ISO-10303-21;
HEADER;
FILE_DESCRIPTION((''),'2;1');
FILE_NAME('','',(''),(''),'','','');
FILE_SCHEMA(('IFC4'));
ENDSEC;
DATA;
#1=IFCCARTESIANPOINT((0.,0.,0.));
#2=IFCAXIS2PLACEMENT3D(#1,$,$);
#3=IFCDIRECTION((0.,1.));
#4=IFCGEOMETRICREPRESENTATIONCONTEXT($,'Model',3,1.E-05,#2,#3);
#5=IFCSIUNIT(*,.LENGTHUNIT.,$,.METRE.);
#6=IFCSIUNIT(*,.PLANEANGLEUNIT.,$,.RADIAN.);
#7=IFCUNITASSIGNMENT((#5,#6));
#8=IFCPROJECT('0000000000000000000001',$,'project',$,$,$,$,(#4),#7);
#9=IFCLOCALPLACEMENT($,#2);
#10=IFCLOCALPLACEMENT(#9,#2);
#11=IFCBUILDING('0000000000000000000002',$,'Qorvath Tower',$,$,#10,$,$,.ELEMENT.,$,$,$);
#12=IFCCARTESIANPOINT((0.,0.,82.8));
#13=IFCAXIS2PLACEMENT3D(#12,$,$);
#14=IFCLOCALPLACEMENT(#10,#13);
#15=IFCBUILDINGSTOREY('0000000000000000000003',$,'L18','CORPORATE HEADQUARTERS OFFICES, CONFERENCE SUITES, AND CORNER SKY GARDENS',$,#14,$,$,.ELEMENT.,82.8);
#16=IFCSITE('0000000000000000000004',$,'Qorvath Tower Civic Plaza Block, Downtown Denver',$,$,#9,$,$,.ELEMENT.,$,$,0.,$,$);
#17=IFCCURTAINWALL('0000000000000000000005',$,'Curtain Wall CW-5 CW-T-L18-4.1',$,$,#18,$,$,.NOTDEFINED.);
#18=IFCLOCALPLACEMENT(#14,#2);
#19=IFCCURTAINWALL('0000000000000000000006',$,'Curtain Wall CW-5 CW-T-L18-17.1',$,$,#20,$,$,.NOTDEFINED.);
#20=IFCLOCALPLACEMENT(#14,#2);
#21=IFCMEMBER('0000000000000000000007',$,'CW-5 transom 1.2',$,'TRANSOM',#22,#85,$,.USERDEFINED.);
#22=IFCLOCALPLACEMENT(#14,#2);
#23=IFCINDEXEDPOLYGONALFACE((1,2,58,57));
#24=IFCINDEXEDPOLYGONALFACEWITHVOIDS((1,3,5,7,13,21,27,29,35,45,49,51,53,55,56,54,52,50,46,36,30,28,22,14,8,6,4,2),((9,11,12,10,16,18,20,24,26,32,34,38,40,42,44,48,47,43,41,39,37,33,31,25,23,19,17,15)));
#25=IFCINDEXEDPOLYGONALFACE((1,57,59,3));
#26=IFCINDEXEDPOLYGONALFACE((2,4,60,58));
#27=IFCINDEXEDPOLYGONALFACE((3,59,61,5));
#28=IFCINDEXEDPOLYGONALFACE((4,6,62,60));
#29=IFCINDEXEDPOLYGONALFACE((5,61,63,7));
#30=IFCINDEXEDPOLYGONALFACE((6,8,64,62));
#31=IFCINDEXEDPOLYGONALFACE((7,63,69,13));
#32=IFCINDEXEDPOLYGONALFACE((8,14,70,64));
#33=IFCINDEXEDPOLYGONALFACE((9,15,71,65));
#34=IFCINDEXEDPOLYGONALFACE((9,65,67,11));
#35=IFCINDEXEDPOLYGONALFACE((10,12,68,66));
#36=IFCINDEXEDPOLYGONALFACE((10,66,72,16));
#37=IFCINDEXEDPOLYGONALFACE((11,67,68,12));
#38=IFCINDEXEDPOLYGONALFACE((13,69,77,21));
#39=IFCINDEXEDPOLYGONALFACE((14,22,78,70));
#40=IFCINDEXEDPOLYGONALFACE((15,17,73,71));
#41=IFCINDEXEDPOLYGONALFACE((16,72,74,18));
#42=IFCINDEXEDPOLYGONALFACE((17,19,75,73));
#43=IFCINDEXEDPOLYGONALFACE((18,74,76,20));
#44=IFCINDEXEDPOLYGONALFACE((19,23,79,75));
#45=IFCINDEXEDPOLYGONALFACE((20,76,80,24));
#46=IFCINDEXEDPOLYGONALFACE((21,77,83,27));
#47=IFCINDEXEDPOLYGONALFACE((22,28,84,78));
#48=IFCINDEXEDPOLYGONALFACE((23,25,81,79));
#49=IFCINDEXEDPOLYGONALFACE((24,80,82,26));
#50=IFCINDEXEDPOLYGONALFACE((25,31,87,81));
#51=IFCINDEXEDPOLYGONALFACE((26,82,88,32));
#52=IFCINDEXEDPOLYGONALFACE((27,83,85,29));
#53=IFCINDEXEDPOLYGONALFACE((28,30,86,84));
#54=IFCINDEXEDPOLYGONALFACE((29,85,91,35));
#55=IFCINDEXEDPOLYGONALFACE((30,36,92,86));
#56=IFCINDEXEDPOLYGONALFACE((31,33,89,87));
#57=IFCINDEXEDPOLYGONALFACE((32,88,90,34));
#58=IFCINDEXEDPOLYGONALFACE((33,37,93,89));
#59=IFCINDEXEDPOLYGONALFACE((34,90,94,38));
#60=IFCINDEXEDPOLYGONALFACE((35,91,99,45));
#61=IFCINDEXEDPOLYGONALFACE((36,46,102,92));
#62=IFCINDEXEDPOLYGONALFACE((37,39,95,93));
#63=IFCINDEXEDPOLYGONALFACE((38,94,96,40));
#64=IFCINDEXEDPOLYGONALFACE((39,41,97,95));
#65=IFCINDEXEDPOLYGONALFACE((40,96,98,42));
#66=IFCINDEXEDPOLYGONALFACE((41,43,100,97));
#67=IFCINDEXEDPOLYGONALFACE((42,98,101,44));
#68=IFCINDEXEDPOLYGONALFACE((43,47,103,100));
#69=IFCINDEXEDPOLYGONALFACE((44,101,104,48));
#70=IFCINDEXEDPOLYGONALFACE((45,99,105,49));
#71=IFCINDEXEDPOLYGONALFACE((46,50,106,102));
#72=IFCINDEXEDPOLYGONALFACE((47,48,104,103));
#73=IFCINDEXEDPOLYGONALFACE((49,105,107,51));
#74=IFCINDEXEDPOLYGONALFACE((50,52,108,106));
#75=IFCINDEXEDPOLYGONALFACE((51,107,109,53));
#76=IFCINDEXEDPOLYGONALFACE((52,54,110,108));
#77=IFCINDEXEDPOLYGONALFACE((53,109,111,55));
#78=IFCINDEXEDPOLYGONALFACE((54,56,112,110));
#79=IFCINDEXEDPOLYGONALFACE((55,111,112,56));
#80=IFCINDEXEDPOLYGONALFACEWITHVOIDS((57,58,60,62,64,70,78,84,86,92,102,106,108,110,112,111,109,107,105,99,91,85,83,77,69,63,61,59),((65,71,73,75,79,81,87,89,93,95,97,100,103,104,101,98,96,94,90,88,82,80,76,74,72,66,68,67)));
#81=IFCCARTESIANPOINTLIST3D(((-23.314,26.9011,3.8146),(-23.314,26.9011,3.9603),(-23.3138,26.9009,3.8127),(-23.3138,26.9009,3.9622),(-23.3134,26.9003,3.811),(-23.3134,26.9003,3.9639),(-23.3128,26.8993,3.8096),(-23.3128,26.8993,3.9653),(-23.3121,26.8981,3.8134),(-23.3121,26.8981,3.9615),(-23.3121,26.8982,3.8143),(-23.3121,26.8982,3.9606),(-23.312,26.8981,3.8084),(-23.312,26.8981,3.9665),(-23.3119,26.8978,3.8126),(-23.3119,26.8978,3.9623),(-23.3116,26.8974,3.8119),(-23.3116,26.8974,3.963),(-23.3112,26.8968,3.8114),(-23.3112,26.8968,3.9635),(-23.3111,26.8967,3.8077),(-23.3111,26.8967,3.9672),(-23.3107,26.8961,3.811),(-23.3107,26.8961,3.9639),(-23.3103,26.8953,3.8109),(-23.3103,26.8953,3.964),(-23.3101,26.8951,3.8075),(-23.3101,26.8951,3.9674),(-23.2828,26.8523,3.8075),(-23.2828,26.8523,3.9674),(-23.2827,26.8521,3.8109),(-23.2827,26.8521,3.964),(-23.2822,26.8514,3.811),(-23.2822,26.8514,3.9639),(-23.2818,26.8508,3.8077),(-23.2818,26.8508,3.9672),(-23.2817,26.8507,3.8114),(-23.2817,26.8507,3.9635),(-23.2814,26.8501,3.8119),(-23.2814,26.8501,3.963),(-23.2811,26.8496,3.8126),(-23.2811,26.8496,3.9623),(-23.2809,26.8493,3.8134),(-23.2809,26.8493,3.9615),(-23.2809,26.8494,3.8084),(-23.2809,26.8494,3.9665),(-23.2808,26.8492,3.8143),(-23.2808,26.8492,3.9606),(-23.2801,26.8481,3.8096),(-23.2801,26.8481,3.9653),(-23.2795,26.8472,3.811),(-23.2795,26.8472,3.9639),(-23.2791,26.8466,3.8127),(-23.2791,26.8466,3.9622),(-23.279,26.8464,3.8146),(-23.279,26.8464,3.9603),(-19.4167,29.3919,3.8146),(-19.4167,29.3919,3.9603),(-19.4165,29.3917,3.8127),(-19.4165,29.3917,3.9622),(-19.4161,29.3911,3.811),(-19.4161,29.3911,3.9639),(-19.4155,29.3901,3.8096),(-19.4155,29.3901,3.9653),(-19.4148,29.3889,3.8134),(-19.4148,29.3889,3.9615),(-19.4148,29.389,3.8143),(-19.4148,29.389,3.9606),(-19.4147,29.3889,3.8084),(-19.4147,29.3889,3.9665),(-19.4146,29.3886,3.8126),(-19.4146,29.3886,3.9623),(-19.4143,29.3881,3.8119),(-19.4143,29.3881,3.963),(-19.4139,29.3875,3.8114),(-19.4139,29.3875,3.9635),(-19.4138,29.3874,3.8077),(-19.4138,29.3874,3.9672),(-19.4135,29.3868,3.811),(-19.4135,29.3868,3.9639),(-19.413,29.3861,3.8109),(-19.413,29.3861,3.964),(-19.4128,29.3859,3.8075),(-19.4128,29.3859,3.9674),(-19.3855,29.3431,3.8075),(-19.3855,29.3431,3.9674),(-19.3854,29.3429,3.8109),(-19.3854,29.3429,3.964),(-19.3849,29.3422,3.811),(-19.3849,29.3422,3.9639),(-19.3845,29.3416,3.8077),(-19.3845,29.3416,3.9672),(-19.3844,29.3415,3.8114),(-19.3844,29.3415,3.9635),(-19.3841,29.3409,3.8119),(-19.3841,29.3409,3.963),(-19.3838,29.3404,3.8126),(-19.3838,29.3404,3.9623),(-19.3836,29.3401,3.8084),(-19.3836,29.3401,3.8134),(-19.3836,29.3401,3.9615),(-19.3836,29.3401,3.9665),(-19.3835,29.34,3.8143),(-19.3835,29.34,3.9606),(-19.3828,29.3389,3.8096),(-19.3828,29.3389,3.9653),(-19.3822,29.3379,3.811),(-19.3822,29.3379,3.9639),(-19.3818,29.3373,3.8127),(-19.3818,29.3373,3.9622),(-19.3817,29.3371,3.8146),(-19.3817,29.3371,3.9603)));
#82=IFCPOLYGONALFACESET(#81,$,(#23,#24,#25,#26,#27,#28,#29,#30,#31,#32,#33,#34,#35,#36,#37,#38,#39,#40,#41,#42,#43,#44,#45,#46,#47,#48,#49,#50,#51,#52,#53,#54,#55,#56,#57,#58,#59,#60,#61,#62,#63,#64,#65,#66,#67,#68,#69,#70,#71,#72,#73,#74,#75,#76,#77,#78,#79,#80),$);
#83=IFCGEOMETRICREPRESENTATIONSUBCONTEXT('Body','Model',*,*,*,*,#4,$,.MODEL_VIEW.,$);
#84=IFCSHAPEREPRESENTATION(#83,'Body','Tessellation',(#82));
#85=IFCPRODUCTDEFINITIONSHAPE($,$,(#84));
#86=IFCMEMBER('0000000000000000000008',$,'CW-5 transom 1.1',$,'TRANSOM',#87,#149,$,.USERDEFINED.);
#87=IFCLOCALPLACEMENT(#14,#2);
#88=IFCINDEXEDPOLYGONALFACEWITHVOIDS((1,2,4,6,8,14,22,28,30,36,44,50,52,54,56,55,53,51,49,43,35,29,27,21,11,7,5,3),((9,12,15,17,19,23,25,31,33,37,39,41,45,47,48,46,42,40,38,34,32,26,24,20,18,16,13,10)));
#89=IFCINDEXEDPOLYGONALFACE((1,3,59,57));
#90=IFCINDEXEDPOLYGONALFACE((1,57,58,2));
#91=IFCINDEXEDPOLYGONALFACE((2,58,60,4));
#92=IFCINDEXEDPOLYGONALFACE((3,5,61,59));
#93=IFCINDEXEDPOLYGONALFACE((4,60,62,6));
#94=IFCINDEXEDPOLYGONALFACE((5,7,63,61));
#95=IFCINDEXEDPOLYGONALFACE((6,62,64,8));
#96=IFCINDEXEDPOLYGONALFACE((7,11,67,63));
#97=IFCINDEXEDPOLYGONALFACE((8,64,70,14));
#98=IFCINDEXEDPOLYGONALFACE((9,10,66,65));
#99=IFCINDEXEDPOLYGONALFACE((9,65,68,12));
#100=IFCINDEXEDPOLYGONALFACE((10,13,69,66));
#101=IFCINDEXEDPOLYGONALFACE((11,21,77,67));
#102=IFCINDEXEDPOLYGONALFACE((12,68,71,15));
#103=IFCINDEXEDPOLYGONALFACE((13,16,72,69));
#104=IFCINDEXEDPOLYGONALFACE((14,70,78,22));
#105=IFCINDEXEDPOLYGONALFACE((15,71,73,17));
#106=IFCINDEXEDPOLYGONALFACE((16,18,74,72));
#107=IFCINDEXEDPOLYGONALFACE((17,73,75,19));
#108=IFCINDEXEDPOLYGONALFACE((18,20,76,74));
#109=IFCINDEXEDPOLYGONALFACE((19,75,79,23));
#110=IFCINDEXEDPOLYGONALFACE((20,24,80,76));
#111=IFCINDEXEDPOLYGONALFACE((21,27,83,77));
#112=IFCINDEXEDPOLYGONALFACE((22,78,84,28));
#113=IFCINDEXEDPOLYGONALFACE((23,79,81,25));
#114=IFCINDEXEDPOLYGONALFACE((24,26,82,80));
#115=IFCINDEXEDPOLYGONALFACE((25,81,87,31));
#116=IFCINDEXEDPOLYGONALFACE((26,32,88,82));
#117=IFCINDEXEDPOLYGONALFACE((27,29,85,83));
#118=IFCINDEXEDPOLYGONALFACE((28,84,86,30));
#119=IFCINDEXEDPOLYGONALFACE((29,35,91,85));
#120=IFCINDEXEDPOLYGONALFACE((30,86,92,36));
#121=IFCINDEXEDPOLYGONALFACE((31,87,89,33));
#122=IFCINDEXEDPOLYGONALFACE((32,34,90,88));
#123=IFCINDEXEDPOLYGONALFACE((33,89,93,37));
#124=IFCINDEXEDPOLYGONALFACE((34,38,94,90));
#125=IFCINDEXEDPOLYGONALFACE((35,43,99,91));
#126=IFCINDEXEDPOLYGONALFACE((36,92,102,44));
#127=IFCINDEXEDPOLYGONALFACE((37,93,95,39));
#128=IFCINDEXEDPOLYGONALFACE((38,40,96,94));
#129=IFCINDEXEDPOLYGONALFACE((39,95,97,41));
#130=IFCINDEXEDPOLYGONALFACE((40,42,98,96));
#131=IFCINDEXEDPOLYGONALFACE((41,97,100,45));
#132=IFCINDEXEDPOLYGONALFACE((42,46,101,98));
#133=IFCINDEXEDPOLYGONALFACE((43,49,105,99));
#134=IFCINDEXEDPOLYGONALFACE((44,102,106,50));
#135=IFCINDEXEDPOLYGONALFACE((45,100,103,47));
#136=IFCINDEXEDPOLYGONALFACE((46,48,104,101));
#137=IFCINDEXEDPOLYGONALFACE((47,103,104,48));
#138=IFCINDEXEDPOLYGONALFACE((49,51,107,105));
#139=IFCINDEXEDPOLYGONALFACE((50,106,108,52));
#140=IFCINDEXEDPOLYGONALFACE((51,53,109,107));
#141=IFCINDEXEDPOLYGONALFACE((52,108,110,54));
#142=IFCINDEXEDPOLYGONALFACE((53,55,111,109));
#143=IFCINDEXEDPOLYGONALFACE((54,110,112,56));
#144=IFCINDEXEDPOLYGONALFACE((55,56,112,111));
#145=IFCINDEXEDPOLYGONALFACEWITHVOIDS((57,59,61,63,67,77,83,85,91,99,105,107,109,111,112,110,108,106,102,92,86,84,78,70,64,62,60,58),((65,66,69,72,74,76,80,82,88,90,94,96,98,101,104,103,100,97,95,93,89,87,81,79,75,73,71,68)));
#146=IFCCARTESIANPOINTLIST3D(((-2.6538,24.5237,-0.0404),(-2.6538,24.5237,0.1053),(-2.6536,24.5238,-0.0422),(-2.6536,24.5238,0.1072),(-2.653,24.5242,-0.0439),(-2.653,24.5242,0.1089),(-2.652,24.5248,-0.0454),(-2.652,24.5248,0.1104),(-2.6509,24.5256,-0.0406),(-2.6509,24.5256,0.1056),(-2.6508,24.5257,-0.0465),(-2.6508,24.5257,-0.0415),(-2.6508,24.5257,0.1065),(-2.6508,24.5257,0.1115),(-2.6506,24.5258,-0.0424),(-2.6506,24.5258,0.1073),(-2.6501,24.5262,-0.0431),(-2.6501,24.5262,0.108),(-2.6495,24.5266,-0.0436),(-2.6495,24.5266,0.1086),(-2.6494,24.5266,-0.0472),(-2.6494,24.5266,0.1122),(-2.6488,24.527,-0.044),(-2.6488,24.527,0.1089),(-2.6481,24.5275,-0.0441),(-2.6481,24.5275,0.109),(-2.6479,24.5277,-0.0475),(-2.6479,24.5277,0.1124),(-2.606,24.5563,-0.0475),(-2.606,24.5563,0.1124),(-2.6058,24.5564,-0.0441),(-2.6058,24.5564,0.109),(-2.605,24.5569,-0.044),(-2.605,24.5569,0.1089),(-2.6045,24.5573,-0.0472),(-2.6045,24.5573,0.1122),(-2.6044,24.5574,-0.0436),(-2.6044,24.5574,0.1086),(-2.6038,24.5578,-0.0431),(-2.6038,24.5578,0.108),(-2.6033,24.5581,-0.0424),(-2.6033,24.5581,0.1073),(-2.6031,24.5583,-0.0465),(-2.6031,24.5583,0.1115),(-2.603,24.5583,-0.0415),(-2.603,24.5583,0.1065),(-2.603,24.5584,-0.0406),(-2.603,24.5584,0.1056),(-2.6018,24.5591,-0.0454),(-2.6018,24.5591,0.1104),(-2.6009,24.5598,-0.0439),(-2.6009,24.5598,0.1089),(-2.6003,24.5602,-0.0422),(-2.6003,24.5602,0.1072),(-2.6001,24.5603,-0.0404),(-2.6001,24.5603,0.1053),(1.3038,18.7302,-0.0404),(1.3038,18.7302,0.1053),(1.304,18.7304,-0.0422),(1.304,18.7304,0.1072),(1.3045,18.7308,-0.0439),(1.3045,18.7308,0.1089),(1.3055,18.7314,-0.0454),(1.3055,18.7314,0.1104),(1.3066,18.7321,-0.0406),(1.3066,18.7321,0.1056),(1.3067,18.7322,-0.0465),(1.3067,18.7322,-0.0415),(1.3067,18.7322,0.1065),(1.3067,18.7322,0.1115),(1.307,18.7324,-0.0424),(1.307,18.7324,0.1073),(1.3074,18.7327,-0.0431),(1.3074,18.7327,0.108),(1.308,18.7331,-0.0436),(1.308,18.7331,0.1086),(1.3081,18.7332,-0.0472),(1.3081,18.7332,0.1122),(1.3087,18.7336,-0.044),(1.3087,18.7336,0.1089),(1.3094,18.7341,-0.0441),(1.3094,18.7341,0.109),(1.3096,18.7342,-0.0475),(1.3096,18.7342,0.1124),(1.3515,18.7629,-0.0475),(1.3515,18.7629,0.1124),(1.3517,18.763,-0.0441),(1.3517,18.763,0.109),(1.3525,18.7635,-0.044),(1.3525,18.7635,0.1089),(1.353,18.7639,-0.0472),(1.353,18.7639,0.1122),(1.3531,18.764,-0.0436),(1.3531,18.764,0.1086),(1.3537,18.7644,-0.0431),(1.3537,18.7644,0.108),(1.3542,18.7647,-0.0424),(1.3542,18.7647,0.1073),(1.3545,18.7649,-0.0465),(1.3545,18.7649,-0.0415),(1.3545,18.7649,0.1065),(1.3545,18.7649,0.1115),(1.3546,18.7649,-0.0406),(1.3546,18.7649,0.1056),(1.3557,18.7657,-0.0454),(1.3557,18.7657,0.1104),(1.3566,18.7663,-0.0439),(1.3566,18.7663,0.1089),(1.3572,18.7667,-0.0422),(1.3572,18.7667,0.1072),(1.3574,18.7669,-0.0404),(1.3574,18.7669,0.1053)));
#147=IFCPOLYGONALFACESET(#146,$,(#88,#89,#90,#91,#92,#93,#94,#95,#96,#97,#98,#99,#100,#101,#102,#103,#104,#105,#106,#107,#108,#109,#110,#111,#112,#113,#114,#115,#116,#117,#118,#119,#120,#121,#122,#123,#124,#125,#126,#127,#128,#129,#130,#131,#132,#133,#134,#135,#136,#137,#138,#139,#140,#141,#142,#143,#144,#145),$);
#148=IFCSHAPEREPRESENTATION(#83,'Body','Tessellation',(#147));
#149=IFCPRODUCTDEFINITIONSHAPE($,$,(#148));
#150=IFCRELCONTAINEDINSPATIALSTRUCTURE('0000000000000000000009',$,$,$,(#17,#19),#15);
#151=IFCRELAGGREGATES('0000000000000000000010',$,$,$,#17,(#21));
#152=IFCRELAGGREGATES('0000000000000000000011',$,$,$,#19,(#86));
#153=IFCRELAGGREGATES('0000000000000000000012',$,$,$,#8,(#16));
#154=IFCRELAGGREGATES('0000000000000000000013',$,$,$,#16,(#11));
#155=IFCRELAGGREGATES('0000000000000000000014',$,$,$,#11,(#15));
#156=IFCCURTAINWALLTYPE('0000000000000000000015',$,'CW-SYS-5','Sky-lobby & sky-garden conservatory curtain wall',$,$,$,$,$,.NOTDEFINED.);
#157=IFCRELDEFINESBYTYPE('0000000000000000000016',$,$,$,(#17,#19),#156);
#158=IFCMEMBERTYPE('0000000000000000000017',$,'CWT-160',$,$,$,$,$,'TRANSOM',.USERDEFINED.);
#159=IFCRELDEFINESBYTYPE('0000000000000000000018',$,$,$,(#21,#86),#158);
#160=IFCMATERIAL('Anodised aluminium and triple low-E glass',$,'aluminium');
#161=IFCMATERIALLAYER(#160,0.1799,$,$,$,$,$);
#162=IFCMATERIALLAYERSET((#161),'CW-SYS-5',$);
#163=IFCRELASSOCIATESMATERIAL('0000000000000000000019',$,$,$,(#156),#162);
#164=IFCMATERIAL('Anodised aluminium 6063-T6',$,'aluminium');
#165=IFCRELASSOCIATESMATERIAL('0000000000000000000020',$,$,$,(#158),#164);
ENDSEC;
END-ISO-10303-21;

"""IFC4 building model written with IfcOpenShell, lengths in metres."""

from ifc_helpers import new_model, si_unit, direction, frame, origin, origin_2d, place, context, subcontext, project, spatial, hollow_rectangle, extrude, material, layer, layer_set, material_profile, profile_set, type_object, element, aggregate, save


model = new_model("IFC4")

# Units and contexts
model_context = context("Model", 3, precision=1e-05, world=origin(), true_north=direction((0.0, 1.0)))
body_context = subcontext(model_context, "Body", "Model", "MODEL_VIEW")
ifc_project = project(units=[si_unit("LENGTHUNIT", "METRE"), si_unit("PLANEANGLEUNIT", "RADIAN")], contexts=[model_context])

# Site, building, storey
site_placement = place(None, origin())
site = spatial("IfcSite", under=ifc_project, at=site_placement, Name="Qorvath Tower Civic Plaza Block, Downtown Denver", CompositionType="ELEMENT", RefElevation=0.0)
building_placement = place(site_placement, origin())
building = spatial("IfcBuilding", under=site, at=building_placement, Name="Qorvath Tower", CompositionType="ELEMENT")
storey_placement = place(building_placement, frame((0.0, 0.0, 82.8)))
storey = spatial("IfcBuildingStorey", under=building, at=storey_placement, Name="L18", Description="CORPORATE HEADQUARTERS OFFICES, CONFERENCE SUITES, AND CORNER SKY GARDENS", CompositionType="ELEMENT", Elevation=82.8)

# Shared definitions
ifc_material_1 = material(Name="Anodised aluminium and triple low-E glass", Category="aluminium")
ifc_layer_1 = layer(ifc_material_1, 0.1799)
ifc_layer_set_1 = layer_set([ifc_layer_1], Name="CW-SYS-5")
curtain_wall_type = type_object("IfcCurtainWallType", Name="CW-SYS-5", Description="Sky-lobby & sky-garden conservatory curtain wall", PredefinedType="NOTDEFINED", material=ifc_layer_set_1)

# Curtain wall
curtain_wall_1_placement = place(storey_placement, origin())
curtain_wall_1 = element("IfcCurtainWall", 1, at=curtain_wall_1_placement, inside=storey, type_object=curtain_wall_type, Name="Curtain Wall CW-5 CW-T-L18-4.1", PredefinedType="NOTDEFINED")

# Curtain wall
curtain_wall_2_placement = place(storey_placement, origin())
curtain_wall_2 = element("IfcCurtainWall", 2, at=curtain_wall_2_placement, inside=storey, type_object=curtain_wall_type, Name="Curtain Wall CW-5 CW-T-L18-17.1", PredefinedType="NOTDEFINED")

# Members
ifc_material_2 = material(Name="Anodised aluminium 6063-T6", Category="aluminium")
ifc_material_profile_1 = material_profile(ifc_material_2, hollow_rectangle(XDim=0.0649, YDim=0.1599, WallThickness=0.0034, InnerFilletRadius=0.0034, OuterFilletRadius=0.0071, at=origin_2d()), Name="CWT 160x65")
ifc_profile_set_1 = profile_set([ifc_material_profile_1], Name="Anodised aluminium 6063-T6")
member_type_1 = type_object("IfcMemberType", Name="CWT-160", ElementType="TRANSOM", PredefinedType="USERDEFINED", material=ifc_profile_set_1)
member_1_placement = place(storey_placement, frame((-19.3992, 29.3645, 3.8875), z_axis=(-0.842614, -0.538517, 0.0), x_axis=(0.538517, -0.842614, 0.0)))
member_1 = element("IfcMember", 3, at=member_1_placement, type_object=member_type_1, Name="CW-5 transom 1.2", ObjectType="TRANSOM", PredefinedType="USERDEFINED", context=body_context, shape_type="SweptSolid", body=[
    extrude(hollow_rectangle(XDim=0.0649, YDim=0.1599, WallThickness=0.0034, InnerFilletRadius=0.0034, OuterFilletRadius=0.0071, at=origin_2d()), origin(), (0.0, 0.0, 1.0), 4.6252),
])
aggregate(curtain_wall_1, [member_1])
member_2_placement = place(storey_placement, frame((1.3306, 18.7485, 0.0325), z_axis=(-0.56406, 0.825734, 0.0), x_axis=(-0.825734, -0.56406, 0.0)))
member_2 = element("IfcMember", 4, at=member_2_placement, type_object=member_type_1, Name="CW-5 transom 1.1", ObjectType="TRANSOM", PredefinedType="USERDEFINED", context=body_context, shape_type="SweptSolid", body=[
    extrude(hollow_rectangle(XDim=0.0649, YDim=0.1599, WallThickness=0.0034, InnerFilletRadius=0.0034, OuterFilletRadius=0.0071, at=origin_2d()), origin(), (0.0, 0.0, 1.0), 7.0161),
])

aggregate(curtain_wall_2, [member_2])

save(model, "model.ifc")
